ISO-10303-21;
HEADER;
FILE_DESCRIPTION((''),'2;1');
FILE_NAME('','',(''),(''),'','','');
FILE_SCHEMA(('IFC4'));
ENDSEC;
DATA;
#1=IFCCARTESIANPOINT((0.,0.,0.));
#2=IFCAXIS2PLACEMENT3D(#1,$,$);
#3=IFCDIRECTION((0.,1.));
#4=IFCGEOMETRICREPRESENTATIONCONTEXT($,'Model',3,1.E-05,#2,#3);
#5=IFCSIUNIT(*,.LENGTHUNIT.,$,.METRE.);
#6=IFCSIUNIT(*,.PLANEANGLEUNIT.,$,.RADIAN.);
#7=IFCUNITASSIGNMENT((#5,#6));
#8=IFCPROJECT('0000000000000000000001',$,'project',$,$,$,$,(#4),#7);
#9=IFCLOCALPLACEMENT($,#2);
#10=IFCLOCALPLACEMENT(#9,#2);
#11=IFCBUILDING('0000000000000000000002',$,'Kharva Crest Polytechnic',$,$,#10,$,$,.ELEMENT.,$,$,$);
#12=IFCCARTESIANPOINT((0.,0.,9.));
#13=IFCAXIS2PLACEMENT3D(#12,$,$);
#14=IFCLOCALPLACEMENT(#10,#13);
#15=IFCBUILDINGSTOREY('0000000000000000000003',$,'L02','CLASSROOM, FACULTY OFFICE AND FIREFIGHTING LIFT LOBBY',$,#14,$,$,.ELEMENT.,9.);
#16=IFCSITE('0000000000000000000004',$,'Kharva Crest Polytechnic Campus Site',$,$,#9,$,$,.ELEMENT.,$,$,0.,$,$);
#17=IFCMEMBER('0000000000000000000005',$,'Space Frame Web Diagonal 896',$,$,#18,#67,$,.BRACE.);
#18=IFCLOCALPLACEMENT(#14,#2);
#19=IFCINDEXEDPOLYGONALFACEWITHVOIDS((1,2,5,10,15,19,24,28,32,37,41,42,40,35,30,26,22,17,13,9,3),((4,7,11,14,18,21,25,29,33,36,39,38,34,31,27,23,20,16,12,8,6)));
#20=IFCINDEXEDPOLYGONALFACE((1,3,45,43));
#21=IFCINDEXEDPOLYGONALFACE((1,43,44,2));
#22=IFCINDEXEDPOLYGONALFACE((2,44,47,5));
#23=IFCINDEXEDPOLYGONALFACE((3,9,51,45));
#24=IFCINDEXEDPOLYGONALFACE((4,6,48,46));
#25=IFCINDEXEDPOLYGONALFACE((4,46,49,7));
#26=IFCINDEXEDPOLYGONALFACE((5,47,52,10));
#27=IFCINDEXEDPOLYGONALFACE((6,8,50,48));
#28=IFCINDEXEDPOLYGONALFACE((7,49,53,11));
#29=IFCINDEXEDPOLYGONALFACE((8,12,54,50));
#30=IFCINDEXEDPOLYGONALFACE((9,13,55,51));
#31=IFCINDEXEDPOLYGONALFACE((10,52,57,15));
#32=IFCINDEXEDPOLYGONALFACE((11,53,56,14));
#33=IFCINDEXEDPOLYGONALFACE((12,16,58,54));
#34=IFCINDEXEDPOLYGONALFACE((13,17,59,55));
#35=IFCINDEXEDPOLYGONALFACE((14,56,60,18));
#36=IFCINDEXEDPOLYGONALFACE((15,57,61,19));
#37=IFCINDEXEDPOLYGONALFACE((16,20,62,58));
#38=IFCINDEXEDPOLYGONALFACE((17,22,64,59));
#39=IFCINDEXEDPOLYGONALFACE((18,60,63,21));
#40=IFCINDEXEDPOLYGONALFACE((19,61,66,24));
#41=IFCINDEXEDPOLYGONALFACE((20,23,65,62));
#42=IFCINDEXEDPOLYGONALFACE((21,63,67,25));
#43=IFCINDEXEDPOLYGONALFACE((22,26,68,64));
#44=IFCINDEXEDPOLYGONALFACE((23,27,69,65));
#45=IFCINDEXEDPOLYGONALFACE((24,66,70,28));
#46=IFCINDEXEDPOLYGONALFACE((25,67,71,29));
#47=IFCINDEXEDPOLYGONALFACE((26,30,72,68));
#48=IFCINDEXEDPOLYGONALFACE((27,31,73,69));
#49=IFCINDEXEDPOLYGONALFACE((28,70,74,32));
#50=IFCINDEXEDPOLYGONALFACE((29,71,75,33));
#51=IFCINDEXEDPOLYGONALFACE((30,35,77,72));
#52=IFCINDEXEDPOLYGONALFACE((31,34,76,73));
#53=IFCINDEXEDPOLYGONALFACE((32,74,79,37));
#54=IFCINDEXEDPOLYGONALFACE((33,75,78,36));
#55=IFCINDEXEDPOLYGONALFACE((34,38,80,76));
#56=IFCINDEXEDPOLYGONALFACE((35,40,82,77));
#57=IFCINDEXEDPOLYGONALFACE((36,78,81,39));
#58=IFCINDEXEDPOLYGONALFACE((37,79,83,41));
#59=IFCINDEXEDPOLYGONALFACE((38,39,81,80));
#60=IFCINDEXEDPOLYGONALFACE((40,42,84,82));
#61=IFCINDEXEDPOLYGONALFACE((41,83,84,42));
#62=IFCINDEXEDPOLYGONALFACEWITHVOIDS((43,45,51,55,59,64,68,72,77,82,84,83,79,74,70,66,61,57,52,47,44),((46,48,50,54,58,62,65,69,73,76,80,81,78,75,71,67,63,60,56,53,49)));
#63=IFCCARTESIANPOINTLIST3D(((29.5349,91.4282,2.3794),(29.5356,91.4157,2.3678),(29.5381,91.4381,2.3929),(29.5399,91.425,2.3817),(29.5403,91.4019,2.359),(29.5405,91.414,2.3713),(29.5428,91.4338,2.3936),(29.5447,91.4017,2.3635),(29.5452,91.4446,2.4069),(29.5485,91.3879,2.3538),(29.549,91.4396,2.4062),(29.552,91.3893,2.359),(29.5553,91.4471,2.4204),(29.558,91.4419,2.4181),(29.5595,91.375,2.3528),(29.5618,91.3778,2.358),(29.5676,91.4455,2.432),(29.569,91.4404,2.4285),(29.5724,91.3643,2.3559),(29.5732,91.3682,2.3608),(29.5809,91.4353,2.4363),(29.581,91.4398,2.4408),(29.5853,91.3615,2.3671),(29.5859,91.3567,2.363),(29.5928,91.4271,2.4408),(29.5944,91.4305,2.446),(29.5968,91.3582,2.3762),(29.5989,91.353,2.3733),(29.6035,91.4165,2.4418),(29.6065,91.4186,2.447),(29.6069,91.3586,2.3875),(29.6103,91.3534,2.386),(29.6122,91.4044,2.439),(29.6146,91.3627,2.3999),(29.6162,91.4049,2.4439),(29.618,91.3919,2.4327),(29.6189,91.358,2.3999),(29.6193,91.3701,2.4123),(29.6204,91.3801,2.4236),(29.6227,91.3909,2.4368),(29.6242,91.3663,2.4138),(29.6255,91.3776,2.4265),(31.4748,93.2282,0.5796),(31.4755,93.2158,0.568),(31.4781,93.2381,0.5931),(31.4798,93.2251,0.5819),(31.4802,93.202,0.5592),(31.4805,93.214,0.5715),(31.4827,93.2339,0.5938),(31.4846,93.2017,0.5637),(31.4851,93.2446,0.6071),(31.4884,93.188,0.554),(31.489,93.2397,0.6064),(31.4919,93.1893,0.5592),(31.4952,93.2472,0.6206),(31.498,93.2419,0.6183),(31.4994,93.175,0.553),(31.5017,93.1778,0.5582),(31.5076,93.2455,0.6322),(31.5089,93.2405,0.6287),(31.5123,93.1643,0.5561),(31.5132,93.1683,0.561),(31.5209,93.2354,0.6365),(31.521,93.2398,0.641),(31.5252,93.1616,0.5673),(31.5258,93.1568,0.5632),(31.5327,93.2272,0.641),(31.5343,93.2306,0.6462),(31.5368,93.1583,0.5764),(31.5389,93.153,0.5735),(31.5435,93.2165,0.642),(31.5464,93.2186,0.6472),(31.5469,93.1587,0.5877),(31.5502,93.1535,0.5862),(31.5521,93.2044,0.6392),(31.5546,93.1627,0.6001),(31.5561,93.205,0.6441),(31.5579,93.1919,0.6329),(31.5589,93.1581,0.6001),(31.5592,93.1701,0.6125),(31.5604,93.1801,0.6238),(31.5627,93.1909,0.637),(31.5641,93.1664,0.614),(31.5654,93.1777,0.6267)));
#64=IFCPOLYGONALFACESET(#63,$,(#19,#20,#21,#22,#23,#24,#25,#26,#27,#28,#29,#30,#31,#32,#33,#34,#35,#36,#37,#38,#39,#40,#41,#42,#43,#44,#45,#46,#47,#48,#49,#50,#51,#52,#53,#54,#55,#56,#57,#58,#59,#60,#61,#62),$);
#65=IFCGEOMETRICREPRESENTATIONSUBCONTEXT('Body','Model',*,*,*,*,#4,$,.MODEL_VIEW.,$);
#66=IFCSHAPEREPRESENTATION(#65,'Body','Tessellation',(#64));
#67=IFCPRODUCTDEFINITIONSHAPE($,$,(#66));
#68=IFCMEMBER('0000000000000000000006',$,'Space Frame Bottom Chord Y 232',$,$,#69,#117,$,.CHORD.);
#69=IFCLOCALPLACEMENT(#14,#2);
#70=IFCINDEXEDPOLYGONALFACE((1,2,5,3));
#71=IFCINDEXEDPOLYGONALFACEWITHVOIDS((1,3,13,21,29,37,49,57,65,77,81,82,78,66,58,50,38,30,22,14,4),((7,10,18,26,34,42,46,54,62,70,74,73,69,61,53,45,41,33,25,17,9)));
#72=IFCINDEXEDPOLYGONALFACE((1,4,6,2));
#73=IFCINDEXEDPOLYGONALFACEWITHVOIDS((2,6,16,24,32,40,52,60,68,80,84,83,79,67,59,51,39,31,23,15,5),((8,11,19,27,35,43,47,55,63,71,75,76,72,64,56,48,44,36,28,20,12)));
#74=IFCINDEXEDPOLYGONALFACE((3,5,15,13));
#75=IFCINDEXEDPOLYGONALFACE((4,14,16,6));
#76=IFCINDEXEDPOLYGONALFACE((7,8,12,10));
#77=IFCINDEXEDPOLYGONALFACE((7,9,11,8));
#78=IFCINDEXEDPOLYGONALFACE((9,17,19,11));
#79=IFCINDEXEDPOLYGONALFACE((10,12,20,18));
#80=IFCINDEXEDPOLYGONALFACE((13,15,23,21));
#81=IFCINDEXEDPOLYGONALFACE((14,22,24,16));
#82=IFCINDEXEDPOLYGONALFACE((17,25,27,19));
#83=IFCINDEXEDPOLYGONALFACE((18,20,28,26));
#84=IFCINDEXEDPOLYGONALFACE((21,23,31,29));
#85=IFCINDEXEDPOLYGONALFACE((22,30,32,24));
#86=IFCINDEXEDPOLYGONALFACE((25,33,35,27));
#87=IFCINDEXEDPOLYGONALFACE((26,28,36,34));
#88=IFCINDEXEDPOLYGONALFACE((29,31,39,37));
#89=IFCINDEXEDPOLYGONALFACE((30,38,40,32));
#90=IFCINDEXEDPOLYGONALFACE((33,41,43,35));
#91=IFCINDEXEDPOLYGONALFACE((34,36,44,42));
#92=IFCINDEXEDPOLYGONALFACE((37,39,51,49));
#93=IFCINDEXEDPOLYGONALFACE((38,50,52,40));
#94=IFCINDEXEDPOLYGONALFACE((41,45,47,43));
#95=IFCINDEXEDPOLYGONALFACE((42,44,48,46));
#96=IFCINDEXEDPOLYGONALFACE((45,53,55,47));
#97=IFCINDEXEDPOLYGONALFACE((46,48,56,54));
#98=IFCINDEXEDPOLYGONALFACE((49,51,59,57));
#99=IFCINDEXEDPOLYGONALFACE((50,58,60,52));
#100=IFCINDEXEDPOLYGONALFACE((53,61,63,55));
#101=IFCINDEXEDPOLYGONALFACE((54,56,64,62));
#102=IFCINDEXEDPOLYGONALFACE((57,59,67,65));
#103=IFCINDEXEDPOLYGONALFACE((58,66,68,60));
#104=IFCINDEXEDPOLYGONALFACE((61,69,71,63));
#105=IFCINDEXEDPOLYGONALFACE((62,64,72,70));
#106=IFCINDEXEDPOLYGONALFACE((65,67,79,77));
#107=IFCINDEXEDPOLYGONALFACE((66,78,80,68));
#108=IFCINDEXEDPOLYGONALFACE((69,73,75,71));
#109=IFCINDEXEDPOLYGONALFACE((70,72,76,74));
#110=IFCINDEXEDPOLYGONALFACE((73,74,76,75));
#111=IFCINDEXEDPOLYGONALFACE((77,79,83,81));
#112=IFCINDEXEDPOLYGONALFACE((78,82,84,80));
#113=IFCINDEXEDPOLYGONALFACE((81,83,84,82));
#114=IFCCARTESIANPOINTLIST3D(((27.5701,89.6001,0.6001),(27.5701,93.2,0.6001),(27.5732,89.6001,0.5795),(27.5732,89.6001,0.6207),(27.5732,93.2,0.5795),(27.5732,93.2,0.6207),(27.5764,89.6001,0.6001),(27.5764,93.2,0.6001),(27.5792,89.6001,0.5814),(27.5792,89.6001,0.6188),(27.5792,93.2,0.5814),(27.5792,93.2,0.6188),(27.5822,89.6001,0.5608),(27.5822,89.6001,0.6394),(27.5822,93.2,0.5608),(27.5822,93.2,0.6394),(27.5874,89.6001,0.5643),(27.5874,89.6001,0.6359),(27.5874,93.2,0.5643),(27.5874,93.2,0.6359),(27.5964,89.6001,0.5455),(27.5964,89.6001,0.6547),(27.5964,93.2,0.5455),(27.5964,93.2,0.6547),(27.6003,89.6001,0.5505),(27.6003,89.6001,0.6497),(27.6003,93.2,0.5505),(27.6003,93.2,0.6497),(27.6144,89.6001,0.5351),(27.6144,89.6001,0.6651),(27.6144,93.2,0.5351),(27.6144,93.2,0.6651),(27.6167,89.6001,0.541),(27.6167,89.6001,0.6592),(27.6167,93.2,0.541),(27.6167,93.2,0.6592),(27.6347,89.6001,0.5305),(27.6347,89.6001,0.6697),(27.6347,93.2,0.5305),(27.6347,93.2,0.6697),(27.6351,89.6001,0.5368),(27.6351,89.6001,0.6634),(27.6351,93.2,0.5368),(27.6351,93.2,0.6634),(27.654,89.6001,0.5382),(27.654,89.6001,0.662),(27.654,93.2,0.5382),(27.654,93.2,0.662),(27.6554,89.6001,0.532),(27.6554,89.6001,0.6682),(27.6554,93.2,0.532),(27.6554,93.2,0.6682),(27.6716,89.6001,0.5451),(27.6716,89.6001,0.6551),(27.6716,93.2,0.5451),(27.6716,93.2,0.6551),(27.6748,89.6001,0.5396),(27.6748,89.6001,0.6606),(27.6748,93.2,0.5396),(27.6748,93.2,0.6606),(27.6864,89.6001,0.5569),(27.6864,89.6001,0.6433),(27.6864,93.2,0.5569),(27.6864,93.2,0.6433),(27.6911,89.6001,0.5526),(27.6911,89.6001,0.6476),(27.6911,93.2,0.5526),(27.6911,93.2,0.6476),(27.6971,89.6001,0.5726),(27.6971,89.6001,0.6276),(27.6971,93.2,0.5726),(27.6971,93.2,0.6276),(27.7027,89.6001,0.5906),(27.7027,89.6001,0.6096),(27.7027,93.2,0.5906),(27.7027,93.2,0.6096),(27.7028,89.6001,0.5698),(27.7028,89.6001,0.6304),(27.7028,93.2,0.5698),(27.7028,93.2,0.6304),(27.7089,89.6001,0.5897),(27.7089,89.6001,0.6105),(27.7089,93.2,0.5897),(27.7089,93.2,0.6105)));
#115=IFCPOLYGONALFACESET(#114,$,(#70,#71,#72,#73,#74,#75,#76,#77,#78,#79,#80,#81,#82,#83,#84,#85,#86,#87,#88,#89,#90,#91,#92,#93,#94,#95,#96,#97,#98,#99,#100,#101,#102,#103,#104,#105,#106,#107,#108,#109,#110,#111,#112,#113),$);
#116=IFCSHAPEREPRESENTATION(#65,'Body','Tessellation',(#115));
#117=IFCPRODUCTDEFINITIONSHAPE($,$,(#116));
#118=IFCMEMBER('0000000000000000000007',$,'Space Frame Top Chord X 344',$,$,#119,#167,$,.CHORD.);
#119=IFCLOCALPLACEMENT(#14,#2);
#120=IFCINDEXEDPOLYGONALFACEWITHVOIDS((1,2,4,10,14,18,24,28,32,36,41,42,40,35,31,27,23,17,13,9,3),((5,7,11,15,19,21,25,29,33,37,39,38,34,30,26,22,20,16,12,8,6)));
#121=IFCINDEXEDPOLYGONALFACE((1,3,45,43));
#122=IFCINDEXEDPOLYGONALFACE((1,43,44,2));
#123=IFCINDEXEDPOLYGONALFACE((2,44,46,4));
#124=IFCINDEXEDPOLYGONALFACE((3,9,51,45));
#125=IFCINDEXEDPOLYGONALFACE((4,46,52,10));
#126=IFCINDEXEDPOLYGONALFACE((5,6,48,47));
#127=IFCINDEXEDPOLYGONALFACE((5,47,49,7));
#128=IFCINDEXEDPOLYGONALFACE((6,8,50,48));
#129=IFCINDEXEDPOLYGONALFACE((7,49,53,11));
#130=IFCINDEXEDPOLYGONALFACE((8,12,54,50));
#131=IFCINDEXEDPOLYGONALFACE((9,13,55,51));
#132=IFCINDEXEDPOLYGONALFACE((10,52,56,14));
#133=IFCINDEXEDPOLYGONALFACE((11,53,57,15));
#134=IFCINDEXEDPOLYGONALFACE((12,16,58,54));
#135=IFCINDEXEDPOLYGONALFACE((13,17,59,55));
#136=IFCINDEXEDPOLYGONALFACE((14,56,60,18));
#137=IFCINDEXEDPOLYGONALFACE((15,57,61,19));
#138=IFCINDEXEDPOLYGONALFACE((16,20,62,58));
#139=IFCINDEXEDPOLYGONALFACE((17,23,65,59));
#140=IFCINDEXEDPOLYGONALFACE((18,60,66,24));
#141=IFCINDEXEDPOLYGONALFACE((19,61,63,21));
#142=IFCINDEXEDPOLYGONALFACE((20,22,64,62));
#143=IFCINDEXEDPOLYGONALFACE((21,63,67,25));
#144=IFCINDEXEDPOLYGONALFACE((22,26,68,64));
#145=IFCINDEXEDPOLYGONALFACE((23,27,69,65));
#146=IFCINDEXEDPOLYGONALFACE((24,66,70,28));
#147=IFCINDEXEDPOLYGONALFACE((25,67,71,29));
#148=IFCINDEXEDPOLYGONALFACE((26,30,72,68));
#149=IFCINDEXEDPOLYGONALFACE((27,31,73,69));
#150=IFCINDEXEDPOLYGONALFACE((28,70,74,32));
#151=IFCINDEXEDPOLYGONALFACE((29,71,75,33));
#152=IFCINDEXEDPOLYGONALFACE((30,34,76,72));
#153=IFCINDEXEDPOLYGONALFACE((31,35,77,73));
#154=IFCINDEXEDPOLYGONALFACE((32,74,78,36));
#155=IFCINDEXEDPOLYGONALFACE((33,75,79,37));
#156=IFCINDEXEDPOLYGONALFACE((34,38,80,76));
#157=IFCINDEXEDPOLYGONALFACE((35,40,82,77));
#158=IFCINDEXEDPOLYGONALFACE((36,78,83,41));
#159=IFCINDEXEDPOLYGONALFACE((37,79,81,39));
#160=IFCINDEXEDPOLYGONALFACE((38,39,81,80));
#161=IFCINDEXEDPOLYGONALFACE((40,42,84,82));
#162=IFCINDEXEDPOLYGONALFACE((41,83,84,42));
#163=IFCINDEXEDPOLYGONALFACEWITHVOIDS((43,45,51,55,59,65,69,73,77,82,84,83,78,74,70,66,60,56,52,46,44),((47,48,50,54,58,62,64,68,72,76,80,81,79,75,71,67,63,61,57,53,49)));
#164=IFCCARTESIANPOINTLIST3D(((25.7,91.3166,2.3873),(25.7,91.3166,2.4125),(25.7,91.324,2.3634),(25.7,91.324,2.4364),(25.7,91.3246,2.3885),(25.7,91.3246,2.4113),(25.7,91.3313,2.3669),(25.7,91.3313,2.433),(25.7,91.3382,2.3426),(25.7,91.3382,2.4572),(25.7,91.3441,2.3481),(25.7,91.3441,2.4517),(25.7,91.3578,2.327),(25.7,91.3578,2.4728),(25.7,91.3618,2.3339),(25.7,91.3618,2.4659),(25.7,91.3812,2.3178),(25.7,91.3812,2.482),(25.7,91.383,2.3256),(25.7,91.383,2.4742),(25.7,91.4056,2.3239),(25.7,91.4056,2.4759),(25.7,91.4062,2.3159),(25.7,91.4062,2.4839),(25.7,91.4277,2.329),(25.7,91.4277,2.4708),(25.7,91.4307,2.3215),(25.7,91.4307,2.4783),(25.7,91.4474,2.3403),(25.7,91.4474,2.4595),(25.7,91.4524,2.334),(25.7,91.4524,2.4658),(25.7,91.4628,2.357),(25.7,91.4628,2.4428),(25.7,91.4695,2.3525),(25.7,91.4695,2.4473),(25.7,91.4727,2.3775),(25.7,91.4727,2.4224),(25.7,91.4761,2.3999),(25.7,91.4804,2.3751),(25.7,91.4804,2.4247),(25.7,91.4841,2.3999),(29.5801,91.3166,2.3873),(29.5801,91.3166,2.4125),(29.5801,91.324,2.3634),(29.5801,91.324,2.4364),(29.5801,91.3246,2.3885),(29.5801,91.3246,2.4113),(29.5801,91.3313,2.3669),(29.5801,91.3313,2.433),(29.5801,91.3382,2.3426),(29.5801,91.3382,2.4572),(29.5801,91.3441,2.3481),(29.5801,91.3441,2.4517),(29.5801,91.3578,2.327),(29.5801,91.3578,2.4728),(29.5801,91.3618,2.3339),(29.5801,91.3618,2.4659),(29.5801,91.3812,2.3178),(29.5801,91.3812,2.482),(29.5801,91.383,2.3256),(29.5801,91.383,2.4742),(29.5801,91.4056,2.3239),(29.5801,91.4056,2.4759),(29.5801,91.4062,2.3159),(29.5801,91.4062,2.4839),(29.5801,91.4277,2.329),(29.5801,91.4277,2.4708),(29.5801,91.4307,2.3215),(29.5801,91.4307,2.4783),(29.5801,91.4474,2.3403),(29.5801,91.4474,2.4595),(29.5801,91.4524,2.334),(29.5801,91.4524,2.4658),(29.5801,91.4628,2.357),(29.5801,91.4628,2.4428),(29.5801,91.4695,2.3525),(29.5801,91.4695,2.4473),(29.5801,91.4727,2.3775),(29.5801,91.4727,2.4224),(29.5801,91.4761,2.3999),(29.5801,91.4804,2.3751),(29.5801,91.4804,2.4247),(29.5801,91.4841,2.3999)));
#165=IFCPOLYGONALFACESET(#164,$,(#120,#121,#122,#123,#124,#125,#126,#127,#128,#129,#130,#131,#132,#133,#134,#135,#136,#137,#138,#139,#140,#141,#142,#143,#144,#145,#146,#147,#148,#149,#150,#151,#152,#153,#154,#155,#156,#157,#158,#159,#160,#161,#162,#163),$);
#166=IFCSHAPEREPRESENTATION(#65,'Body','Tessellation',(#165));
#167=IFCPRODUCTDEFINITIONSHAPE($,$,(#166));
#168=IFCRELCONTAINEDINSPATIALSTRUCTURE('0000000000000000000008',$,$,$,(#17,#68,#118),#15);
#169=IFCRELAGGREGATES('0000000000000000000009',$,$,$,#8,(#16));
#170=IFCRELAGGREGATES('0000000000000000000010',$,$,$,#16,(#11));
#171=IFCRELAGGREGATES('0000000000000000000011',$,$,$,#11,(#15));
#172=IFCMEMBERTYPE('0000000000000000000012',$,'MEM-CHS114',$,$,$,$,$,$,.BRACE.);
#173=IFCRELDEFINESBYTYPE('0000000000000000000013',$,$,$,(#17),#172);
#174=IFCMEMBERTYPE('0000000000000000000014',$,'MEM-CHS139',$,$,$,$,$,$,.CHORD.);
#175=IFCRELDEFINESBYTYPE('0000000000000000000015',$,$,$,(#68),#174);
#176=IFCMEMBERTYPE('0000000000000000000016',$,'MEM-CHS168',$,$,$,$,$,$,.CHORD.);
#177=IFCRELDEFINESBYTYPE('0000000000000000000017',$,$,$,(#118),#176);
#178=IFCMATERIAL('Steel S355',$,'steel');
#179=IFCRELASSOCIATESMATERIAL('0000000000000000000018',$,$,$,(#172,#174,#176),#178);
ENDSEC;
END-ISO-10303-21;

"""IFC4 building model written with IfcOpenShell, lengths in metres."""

from ifc_helpers import new_model, si_unit, direction, frame, origin, origin_2d, place, context, subcontext, project, spatial, hollow_circle, extrude, material, material_profile, profile_set, type_object, element, save


model = new_model("IFC4")

# Units and contexts
model_context = context("Model", 3, precision=1e-05, world=origin(), true_north=direction((0.0, 1.0)))
body_context = subcontext(model_context, "Body", "Model", "MODEL_VIEW")
ifc_project = project(units=[si_unit("LENGTHUNIT", "METRE"), si_unit("PLANEANGLEUNIT", "RADIAN")], contexts=[model_context])

# Site, building, storey
site_placement = place(None, origin())
site = spatial("IfcSite", under=ifc_project, at=site_placement, Name="Kharva Crest Polytechnic Campus Site", CompositionType="ELEMENT", RefElevation=0.0)
building_placement = place(site_placement, origin())
building = spatial("IfcBuilding", under=site, at=building_placement, Name="Kharva Crest Polytechnic", CompositionType="ELEMENT")
storey_placement = place(building_placement, frame((0.0, 0.0, 9.0)))
storey = spatial("IfcBuildingStorey", under=building, at=storey_placement, Name="L02", Description="CLASSROOM, FACULTY OFFICE AND FIREFIGHTING LIFT LOBBY", CompositionType="ELEMENT", Elevation=9.0)

# Shared definitions
ifc_material_1 = material(Name="Steel S355", Category="steel")

# Members
ifc_material_profile_1 = material_profile(ifc_material_1, hollow_circle(Radius=0.0571, WallThickness=0.0063, at=origin_2d()), Name="CHS 114.3X6.3")
ifc_profile_set_1 = profile_set([ifc_material_profile_1], Name="Steel S355")
member_type_1 = type_object("IfcMemberType", Name="MEM-CHS114", PredefinedType="BRACE", material=ifc_profile_set_1)
member_1_placement = place(storey_placement, frame((31.52, 93.2, 0.6001), z_axis=(-0.606147, -0.562437, 0.562361), x_axis=(0.680182, -0.733043, 0.0)))
element("IfcMember", 1, at=member_1_placement, inside=storey, type_object=member_type_1, Name="Space Frame Web Diagonal 896", PredefinedType="BRACE", context=body_context, shape_type="SweptSolid", body=[
    extrude(hollow_circle(Radius=0.0571, WallThickness=0.0063, at=origin_2d()), origin(), (0.0, 0.0, 1.0), 3.2004),
])
ifc_material_profile_2 = material_profile(ifc_material_1, hollow_circle(Radius=0.0698, WallThickness=0.0063, at=origin_2d()), Name="CHS 139.7X6.3")
ifc_profile_set_2 = profile_set([ifc_material_profile_2], Name="Steel S355")
member_type_2 = type_object("IfcMemberType", Name="MEM-CHS139", PredefinedType="CHORD", material=ifc_profile_set_2)
member_2_placement = place(storey_placement, frame((27.6399, 89.6001, 0.6001), z_axis=(0.0, 1.0, 0.0), x_axis=(-1.0, 0.0, 0.0)))
element("IfcMember", 2, at=member_2_placement, inside=storey, type_object=member_type_2, Name="Space Frame Bottom Chord Y 232", PredefinedType="CHORD", context=body_context, shape_type="SweptSolid", body=[
    extrude(hollow_circle(Radius=0.0698, WallThickness=0.0063, at=origin_2d()), origin(), (0.0, 0.0, 1.0), 3.5999),
])
ifc_material_profile_3 = material_profile(ifc_material_1, hollow_circle(Radius=0.0842, WallThickness=0.0081, at=origin_2d()), Name="CHS 168.3X8.0")
ifc_profile_set_3 = profile_set([ifc_material_profile_3], Name="Steel S355")
member_type_3 = type_object("IfcMemberType", Name="MEM-CHS168", PredefinedType="CHORD", material=ifc_profile_set_3)
member_3_placement = place(storey_placement, frame((25.7, 91.3999, 2.3999), z_axis=(1.0, 0.0, 0.0), x_axis=(0.0, 1.0, 0.0)))
element("IfcMember", 3, at=member_3_placement, inside=storey, type_object=member_type_3, Name="Space Frame Top Chord X 344", PredefinedType="CHORD", context=body_context, shape_type="SweptSolid", body=[
    extrude(hollow_circle(Radius=0.0842, WallThickness=0.0081, at=origin_2d()), origin(), (0.0, 0.0, 1.0), 3.8801),
])

save(model, "model.ifc")
